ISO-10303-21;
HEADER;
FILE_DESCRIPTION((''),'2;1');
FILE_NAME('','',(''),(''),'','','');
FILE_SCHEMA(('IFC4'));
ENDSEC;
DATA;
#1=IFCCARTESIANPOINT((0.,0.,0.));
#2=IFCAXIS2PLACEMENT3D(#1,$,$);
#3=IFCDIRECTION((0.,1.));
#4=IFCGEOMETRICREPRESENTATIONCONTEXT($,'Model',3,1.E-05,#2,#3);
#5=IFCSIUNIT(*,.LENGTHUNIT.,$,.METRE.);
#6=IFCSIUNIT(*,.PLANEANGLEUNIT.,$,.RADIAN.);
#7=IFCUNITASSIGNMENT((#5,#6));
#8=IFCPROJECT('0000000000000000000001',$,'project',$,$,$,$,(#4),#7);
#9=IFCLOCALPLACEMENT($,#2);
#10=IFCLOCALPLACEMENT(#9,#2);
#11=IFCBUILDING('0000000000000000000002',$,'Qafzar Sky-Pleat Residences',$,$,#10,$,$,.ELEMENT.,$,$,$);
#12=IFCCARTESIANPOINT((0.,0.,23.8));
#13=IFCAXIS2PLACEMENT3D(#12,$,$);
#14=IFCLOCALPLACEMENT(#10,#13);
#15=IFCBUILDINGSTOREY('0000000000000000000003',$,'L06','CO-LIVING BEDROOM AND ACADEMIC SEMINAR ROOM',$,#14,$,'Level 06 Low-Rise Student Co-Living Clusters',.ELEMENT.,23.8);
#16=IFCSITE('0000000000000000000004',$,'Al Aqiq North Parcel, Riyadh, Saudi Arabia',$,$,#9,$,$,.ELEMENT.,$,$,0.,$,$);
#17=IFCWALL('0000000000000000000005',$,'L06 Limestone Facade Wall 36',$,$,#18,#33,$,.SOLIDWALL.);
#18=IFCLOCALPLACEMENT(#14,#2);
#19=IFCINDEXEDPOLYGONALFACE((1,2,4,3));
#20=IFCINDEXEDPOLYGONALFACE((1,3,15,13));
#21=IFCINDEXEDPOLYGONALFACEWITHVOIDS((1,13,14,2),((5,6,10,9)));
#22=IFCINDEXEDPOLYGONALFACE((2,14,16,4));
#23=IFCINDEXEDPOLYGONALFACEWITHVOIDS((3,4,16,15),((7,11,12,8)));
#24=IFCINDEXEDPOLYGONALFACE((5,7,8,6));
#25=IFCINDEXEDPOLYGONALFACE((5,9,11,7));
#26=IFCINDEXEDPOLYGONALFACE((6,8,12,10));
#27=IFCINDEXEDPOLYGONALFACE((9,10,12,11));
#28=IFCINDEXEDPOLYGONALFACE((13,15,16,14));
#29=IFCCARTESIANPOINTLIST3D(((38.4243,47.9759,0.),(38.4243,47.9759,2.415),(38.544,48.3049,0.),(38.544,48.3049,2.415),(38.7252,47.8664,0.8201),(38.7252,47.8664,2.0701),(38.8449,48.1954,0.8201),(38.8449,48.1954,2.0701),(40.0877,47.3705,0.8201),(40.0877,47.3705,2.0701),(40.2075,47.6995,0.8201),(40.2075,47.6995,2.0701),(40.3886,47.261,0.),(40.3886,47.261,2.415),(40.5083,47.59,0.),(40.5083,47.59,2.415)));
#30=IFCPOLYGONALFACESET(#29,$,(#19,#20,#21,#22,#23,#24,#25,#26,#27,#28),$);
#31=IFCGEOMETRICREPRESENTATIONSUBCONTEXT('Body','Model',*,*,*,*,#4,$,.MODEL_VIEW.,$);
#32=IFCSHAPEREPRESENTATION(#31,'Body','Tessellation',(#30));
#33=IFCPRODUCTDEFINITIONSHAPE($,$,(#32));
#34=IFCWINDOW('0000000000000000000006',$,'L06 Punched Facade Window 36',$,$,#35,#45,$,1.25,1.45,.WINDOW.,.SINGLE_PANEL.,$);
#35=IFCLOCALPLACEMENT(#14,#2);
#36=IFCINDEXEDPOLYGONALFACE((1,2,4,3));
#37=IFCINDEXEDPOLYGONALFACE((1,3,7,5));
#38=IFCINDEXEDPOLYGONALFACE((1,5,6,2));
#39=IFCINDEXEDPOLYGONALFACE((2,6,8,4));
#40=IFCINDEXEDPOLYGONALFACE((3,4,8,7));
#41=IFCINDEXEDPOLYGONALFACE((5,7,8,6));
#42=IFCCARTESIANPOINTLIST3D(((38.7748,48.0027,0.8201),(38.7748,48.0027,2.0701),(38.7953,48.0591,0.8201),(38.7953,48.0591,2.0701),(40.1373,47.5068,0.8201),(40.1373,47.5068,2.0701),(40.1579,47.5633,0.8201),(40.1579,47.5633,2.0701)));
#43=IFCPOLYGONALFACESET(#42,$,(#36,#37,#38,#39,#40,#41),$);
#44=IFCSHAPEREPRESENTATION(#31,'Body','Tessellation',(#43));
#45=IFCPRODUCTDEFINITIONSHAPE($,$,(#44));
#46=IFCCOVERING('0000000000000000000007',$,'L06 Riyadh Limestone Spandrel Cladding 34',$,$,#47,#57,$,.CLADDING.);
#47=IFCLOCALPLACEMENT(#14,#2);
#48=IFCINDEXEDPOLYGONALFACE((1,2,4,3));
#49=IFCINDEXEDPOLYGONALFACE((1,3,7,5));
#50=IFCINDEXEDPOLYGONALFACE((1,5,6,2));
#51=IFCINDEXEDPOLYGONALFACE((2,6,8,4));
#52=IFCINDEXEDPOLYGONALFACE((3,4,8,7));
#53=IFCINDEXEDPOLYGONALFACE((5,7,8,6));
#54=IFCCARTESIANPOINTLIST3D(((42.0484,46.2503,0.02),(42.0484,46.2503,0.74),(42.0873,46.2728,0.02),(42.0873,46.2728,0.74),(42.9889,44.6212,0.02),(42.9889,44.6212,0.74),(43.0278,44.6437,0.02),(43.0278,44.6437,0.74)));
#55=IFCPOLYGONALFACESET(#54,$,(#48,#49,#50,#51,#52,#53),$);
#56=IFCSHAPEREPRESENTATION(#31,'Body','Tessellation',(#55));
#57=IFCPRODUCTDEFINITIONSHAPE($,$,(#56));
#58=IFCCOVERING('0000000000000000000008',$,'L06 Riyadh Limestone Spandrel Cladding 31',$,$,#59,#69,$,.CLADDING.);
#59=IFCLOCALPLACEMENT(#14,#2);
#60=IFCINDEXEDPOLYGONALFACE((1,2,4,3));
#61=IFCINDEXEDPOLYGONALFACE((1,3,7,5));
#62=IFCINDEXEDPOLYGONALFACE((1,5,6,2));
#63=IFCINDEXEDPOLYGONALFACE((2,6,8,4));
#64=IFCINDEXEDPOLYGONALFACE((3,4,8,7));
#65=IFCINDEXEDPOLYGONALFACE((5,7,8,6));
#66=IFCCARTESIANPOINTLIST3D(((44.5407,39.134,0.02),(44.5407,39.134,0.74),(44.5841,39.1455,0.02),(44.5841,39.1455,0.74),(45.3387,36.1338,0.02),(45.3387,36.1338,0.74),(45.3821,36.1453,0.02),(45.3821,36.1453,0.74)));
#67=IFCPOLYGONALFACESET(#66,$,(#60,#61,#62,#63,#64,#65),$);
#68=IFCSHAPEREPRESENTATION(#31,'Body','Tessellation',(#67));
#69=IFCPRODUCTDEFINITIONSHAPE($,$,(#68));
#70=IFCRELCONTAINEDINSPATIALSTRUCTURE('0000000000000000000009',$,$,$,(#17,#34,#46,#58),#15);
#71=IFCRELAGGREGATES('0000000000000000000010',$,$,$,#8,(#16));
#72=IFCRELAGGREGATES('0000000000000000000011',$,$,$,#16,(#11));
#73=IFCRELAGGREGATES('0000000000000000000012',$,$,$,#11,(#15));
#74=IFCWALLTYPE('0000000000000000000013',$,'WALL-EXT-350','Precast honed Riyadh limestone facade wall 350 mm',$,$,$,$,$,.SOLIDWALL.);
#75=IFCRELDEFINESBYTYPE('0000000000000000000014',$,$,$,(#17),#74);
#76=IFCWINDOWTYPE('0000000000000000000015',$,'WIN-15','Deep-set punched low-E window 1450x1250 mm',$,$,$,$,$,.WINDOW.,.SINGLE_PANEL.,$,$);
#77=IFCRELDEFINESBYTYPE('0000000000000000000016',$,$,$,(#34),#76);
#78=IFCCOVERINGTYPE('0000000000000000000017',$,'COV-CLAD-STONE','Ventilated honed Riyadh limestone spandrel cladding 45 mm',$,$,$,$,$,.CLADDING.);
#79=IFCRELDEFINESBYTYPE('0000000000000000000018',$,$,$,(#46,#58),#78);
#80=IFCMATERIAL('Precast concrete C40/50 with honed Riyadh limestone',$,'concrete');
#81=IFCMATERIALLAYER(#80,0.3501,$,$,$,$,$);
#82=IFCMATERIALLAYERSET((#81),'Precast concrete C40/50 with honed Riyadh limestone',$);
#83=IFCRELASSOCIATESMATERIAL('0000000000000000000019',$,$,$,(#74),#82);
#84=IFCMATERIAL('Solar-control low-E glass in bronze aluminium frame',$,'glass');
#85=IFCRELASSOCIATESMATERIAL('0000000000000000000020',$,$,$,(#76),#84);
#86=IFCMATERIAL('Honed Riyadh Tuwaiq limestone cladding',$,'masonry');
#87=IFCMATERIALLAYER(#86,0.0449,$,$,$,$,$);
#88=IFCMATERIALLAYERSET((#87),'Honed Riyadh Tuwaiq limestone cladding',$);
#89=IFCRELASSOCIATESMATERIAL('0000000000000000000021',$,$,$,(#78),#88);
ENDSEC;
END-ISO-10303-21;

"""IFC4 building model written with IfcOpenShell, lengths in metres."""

from ifc_helpers import new_model, si_unit, direction, frame, frame_2d, origin, origin_2d, place, context, subcontext, project, spatial, rectangle, extrude, source, transform, mapped, material, layer, layer_set, type_object, element, fill, save


model = new_model("IFC4")

# Units and contexts
model_context = context("Model", 3, precision=1e-05, world=origin(), true_north=direction((0.0, 1.0)))
body_context = subcontext(model_context, "Body", "Model", "MODEL_VIEW")
ifc_project = project(units=[si_unit("LENGTHUNIT", "METRE"), si_unit("PLANEANGLEUNIT", "RADIAN")], contexts=[model_context])

# Site, building, storey
site_placement = place(None, origin())
site = spatial("IfcSite", under=ifc_project, at=site_placement, Name="Al Aqiq North Parcel, Riyadh, Saudi Arabia", CompositionType="ELEMENT", RefElevation=0.0)
building_placement = place(site_placement, origin())
building = spatial("IfcBuilding", under=site, at=building_placement, Name="Qafzar Sky-Pleat Residences", CompositionType="ELEMENT")
storey_placement = place(building_placement, frame((0.0, 0.0, 23.8)))
storey = spatial("IfcBuildingStorey", under=building, at=storey_placement, Name="L06", Description="CO-LIVING BEDROOM AND ACADEMIC SEMINAR ROOM", LongName="Level 06 Low-Rise Student Co-Living Clusters", CompositionType="ELEMENT", Elevation=23.8)

# Shared definitions
ifc_material_1 = material(Name="Precast concrete C40/50 with honed Riyadh limestone", Category="concrete")
ifc_layer_1 = layer(ifc_material_1, 0.3501)
ifc_layer_set_1 = layer_set([ifc_layer_1], Name="Precast concrete C40/50 with honed Riyadh limestone")
wall_type_1 = type_object("IfcWallType", Name="WALL-EXT-350", Description="Precast honed Riyadh limestone facade wall 350 mm", PredefinedType="SOLIDWALL", material=ifc_layer_set_1)
ifc_material_2 = material(Name="Solar-control low-E glass in bronze aluminium frame", Category="glass")
window_type = type_object("IfcWindowType", Name="WIN-15", Description="Deep-set punched low-E window 1450x1250 mm", PartitioningType="SINGLE_PANEL", PredefinedType="WINDOW", material=ifc_material_2)
shared_shape_1 = source(origin(), body_context, "Body", "SweptSolid", [
    extrude(rectangle(XDim=1.45, YDim=1.25, at=frame_2d((0.7251, 0.625))), frame((0.0, 0.03, 0.0), z_axis=(0.0, -1.0, 0.0), x_axis=(1.0, 0.0, 0.0)), (0.0, 0.0, 1.0), 0.0601),
])

# Wall, opening, window
wall_1_placement = place(storey_placement, frame((40.4485, 47.4255, 0.0), z_axis=(0.0, 0.0, 1.0), x_axis=(-0.939712, 0.341968, 0.0)))
wall_1 = element("IfcWall", 1, at=wall_1_placement, inside=storey, type_object=wall_type_1, Name="L06 Limestone Facade Wall 36", PredefinedType="SOLIDWALL", context=body_context, shape_type="SweptSolid", body=[
    extrude(rectangle(XDim=2.0903, YDim=0.3501, at=frame_2d((1.0452, 0.0))), origin(), (0.0, 0.0, 1.0), 2.415),
])
opening_1_placement = place(wall_1_placement, frame((0.3201, 0.0, 0.8201)))
opening_1 = element("IfcOpeningElement", 2, at=opening_1_placement, cuts=wall_1, PredefinedType="OPENING", context=body_context, shape_type="SweptSolid", body=[
    extrude(rectangle(XDim=1.45, YDim=1.25, at=frame_2d((0.7251, 0.625))), frame((0.0, 0.1851, 0.0), z_axis=(0.0, -1.0, 0.0), x_axis=(1.0, 0.0, 0.0)), (0.0, 0.0, 1.0), 0.3701),
])
window_1_placement = place(opening_1_placement, origin())
window_1 = element("IfcWindow", 3, at=window_1_placement, inside=storey, type_object=window_type, Name="L06 Punched Facade Window 36", OverallHeight=1.25, OverallWidth=1.45, PartitioningType="SINGLE_PANEL", PredefinedType="WINDOW", context=body_context, shape_type="MappedRepresentation", body=[
    mapped(shared_shape_1, transform((0.0, 0.0, 0.0), x_axis=(1.0, 0.0, 0.0), y_axis=(0.0, 1.0, 0.0), z_axis=(0.0, 0.0, 1.0), scale=1.0)),
])
fill(opening_1, window_1)

# Coverings
ifc_material_3 = material(Name="Honed Riyadh Tuwaiq limestone cladding", Category="masonry")
ifc_layer_2 = layer(ifc_material_3, 0.0449)
ifc_layer_set_2 = layer_set([ifc_layer_2], Name="Honed Riyadh Tuwaiq limestone cladding")
covering_type = type_object("IfcCoveringType", Name="COV-CLAD-STONE", Description="Ventilated honed Riyadh limestone spandrel cladding 45 mm", PredefinedType="CLADDING", material=ifc_layer_set_2)
shared_shape_2 = source(origin(), body_context, "Body", "SweptSolid", [
    extrude(rectangle(XDim=1.8811, YDim=0.0449, at=origin_2d()), origin(), (0.0, 0.0, 1.0), 0.72),
])
covering_1_placement = place(storey_placement, frame((42.5381, 45.447, 0.02), z_axis=(0.0, 0.0, 1.0), x_axis=(-0.499993, 0.866029, 0.0)))
element("IfcCovering", 4, at=covering_1_placement, inside=storey, type_object=covering_type, Name="L06 Riyadh Limestone Spandrel Cladding 34", PredefinedType="CLADDING", context=body_context, shape_type="MappedRepresentation", body=[
    mapped(shared_shape_2, transform((0.0, 0.0, 0.0), x_axis=(1.0, 0.0, 0.0), y_axis=(0.0, 1.0, 0.0), z_axis=(0.0, 0.0, 1.0), scale=1.0)),
])
shared_shape_3 = source(origin(), body_context, "Body", "SweptSolid", [
    extrude(rectangle(XDim=3.1045, YDim=0.0449, at=origin_2d()), origin(), (0.0, 0.0, 1.0), 0.72),
])
covering_2_placement = place(storey_placement, frame((44.9614, 37.6396, 0.02), z_axis=(0.0, 0.0, 1.0), x_axis=(-0.257038, 0.966401, 0.0)))
element("IfcCovering", 5, at=covering_2_placement, inside=storey, type_object=covering_type, Name="L06 Riyadh Limestone Spandrel Cladding 31", PredefinedType="CLADDING", context=body_context, shape_type="MappedRepresentation", body=[
    mapped(shared_shape_3, transform((0.0, 0.0, 0.0), x_axis=(1.0, 0.0, 0.0), y_axis=(0.0, 1.0, 0.0), z_axis=(0.0, 0.0, 1.0), scale=1.0)),
])

save(model, "model.ifc")
